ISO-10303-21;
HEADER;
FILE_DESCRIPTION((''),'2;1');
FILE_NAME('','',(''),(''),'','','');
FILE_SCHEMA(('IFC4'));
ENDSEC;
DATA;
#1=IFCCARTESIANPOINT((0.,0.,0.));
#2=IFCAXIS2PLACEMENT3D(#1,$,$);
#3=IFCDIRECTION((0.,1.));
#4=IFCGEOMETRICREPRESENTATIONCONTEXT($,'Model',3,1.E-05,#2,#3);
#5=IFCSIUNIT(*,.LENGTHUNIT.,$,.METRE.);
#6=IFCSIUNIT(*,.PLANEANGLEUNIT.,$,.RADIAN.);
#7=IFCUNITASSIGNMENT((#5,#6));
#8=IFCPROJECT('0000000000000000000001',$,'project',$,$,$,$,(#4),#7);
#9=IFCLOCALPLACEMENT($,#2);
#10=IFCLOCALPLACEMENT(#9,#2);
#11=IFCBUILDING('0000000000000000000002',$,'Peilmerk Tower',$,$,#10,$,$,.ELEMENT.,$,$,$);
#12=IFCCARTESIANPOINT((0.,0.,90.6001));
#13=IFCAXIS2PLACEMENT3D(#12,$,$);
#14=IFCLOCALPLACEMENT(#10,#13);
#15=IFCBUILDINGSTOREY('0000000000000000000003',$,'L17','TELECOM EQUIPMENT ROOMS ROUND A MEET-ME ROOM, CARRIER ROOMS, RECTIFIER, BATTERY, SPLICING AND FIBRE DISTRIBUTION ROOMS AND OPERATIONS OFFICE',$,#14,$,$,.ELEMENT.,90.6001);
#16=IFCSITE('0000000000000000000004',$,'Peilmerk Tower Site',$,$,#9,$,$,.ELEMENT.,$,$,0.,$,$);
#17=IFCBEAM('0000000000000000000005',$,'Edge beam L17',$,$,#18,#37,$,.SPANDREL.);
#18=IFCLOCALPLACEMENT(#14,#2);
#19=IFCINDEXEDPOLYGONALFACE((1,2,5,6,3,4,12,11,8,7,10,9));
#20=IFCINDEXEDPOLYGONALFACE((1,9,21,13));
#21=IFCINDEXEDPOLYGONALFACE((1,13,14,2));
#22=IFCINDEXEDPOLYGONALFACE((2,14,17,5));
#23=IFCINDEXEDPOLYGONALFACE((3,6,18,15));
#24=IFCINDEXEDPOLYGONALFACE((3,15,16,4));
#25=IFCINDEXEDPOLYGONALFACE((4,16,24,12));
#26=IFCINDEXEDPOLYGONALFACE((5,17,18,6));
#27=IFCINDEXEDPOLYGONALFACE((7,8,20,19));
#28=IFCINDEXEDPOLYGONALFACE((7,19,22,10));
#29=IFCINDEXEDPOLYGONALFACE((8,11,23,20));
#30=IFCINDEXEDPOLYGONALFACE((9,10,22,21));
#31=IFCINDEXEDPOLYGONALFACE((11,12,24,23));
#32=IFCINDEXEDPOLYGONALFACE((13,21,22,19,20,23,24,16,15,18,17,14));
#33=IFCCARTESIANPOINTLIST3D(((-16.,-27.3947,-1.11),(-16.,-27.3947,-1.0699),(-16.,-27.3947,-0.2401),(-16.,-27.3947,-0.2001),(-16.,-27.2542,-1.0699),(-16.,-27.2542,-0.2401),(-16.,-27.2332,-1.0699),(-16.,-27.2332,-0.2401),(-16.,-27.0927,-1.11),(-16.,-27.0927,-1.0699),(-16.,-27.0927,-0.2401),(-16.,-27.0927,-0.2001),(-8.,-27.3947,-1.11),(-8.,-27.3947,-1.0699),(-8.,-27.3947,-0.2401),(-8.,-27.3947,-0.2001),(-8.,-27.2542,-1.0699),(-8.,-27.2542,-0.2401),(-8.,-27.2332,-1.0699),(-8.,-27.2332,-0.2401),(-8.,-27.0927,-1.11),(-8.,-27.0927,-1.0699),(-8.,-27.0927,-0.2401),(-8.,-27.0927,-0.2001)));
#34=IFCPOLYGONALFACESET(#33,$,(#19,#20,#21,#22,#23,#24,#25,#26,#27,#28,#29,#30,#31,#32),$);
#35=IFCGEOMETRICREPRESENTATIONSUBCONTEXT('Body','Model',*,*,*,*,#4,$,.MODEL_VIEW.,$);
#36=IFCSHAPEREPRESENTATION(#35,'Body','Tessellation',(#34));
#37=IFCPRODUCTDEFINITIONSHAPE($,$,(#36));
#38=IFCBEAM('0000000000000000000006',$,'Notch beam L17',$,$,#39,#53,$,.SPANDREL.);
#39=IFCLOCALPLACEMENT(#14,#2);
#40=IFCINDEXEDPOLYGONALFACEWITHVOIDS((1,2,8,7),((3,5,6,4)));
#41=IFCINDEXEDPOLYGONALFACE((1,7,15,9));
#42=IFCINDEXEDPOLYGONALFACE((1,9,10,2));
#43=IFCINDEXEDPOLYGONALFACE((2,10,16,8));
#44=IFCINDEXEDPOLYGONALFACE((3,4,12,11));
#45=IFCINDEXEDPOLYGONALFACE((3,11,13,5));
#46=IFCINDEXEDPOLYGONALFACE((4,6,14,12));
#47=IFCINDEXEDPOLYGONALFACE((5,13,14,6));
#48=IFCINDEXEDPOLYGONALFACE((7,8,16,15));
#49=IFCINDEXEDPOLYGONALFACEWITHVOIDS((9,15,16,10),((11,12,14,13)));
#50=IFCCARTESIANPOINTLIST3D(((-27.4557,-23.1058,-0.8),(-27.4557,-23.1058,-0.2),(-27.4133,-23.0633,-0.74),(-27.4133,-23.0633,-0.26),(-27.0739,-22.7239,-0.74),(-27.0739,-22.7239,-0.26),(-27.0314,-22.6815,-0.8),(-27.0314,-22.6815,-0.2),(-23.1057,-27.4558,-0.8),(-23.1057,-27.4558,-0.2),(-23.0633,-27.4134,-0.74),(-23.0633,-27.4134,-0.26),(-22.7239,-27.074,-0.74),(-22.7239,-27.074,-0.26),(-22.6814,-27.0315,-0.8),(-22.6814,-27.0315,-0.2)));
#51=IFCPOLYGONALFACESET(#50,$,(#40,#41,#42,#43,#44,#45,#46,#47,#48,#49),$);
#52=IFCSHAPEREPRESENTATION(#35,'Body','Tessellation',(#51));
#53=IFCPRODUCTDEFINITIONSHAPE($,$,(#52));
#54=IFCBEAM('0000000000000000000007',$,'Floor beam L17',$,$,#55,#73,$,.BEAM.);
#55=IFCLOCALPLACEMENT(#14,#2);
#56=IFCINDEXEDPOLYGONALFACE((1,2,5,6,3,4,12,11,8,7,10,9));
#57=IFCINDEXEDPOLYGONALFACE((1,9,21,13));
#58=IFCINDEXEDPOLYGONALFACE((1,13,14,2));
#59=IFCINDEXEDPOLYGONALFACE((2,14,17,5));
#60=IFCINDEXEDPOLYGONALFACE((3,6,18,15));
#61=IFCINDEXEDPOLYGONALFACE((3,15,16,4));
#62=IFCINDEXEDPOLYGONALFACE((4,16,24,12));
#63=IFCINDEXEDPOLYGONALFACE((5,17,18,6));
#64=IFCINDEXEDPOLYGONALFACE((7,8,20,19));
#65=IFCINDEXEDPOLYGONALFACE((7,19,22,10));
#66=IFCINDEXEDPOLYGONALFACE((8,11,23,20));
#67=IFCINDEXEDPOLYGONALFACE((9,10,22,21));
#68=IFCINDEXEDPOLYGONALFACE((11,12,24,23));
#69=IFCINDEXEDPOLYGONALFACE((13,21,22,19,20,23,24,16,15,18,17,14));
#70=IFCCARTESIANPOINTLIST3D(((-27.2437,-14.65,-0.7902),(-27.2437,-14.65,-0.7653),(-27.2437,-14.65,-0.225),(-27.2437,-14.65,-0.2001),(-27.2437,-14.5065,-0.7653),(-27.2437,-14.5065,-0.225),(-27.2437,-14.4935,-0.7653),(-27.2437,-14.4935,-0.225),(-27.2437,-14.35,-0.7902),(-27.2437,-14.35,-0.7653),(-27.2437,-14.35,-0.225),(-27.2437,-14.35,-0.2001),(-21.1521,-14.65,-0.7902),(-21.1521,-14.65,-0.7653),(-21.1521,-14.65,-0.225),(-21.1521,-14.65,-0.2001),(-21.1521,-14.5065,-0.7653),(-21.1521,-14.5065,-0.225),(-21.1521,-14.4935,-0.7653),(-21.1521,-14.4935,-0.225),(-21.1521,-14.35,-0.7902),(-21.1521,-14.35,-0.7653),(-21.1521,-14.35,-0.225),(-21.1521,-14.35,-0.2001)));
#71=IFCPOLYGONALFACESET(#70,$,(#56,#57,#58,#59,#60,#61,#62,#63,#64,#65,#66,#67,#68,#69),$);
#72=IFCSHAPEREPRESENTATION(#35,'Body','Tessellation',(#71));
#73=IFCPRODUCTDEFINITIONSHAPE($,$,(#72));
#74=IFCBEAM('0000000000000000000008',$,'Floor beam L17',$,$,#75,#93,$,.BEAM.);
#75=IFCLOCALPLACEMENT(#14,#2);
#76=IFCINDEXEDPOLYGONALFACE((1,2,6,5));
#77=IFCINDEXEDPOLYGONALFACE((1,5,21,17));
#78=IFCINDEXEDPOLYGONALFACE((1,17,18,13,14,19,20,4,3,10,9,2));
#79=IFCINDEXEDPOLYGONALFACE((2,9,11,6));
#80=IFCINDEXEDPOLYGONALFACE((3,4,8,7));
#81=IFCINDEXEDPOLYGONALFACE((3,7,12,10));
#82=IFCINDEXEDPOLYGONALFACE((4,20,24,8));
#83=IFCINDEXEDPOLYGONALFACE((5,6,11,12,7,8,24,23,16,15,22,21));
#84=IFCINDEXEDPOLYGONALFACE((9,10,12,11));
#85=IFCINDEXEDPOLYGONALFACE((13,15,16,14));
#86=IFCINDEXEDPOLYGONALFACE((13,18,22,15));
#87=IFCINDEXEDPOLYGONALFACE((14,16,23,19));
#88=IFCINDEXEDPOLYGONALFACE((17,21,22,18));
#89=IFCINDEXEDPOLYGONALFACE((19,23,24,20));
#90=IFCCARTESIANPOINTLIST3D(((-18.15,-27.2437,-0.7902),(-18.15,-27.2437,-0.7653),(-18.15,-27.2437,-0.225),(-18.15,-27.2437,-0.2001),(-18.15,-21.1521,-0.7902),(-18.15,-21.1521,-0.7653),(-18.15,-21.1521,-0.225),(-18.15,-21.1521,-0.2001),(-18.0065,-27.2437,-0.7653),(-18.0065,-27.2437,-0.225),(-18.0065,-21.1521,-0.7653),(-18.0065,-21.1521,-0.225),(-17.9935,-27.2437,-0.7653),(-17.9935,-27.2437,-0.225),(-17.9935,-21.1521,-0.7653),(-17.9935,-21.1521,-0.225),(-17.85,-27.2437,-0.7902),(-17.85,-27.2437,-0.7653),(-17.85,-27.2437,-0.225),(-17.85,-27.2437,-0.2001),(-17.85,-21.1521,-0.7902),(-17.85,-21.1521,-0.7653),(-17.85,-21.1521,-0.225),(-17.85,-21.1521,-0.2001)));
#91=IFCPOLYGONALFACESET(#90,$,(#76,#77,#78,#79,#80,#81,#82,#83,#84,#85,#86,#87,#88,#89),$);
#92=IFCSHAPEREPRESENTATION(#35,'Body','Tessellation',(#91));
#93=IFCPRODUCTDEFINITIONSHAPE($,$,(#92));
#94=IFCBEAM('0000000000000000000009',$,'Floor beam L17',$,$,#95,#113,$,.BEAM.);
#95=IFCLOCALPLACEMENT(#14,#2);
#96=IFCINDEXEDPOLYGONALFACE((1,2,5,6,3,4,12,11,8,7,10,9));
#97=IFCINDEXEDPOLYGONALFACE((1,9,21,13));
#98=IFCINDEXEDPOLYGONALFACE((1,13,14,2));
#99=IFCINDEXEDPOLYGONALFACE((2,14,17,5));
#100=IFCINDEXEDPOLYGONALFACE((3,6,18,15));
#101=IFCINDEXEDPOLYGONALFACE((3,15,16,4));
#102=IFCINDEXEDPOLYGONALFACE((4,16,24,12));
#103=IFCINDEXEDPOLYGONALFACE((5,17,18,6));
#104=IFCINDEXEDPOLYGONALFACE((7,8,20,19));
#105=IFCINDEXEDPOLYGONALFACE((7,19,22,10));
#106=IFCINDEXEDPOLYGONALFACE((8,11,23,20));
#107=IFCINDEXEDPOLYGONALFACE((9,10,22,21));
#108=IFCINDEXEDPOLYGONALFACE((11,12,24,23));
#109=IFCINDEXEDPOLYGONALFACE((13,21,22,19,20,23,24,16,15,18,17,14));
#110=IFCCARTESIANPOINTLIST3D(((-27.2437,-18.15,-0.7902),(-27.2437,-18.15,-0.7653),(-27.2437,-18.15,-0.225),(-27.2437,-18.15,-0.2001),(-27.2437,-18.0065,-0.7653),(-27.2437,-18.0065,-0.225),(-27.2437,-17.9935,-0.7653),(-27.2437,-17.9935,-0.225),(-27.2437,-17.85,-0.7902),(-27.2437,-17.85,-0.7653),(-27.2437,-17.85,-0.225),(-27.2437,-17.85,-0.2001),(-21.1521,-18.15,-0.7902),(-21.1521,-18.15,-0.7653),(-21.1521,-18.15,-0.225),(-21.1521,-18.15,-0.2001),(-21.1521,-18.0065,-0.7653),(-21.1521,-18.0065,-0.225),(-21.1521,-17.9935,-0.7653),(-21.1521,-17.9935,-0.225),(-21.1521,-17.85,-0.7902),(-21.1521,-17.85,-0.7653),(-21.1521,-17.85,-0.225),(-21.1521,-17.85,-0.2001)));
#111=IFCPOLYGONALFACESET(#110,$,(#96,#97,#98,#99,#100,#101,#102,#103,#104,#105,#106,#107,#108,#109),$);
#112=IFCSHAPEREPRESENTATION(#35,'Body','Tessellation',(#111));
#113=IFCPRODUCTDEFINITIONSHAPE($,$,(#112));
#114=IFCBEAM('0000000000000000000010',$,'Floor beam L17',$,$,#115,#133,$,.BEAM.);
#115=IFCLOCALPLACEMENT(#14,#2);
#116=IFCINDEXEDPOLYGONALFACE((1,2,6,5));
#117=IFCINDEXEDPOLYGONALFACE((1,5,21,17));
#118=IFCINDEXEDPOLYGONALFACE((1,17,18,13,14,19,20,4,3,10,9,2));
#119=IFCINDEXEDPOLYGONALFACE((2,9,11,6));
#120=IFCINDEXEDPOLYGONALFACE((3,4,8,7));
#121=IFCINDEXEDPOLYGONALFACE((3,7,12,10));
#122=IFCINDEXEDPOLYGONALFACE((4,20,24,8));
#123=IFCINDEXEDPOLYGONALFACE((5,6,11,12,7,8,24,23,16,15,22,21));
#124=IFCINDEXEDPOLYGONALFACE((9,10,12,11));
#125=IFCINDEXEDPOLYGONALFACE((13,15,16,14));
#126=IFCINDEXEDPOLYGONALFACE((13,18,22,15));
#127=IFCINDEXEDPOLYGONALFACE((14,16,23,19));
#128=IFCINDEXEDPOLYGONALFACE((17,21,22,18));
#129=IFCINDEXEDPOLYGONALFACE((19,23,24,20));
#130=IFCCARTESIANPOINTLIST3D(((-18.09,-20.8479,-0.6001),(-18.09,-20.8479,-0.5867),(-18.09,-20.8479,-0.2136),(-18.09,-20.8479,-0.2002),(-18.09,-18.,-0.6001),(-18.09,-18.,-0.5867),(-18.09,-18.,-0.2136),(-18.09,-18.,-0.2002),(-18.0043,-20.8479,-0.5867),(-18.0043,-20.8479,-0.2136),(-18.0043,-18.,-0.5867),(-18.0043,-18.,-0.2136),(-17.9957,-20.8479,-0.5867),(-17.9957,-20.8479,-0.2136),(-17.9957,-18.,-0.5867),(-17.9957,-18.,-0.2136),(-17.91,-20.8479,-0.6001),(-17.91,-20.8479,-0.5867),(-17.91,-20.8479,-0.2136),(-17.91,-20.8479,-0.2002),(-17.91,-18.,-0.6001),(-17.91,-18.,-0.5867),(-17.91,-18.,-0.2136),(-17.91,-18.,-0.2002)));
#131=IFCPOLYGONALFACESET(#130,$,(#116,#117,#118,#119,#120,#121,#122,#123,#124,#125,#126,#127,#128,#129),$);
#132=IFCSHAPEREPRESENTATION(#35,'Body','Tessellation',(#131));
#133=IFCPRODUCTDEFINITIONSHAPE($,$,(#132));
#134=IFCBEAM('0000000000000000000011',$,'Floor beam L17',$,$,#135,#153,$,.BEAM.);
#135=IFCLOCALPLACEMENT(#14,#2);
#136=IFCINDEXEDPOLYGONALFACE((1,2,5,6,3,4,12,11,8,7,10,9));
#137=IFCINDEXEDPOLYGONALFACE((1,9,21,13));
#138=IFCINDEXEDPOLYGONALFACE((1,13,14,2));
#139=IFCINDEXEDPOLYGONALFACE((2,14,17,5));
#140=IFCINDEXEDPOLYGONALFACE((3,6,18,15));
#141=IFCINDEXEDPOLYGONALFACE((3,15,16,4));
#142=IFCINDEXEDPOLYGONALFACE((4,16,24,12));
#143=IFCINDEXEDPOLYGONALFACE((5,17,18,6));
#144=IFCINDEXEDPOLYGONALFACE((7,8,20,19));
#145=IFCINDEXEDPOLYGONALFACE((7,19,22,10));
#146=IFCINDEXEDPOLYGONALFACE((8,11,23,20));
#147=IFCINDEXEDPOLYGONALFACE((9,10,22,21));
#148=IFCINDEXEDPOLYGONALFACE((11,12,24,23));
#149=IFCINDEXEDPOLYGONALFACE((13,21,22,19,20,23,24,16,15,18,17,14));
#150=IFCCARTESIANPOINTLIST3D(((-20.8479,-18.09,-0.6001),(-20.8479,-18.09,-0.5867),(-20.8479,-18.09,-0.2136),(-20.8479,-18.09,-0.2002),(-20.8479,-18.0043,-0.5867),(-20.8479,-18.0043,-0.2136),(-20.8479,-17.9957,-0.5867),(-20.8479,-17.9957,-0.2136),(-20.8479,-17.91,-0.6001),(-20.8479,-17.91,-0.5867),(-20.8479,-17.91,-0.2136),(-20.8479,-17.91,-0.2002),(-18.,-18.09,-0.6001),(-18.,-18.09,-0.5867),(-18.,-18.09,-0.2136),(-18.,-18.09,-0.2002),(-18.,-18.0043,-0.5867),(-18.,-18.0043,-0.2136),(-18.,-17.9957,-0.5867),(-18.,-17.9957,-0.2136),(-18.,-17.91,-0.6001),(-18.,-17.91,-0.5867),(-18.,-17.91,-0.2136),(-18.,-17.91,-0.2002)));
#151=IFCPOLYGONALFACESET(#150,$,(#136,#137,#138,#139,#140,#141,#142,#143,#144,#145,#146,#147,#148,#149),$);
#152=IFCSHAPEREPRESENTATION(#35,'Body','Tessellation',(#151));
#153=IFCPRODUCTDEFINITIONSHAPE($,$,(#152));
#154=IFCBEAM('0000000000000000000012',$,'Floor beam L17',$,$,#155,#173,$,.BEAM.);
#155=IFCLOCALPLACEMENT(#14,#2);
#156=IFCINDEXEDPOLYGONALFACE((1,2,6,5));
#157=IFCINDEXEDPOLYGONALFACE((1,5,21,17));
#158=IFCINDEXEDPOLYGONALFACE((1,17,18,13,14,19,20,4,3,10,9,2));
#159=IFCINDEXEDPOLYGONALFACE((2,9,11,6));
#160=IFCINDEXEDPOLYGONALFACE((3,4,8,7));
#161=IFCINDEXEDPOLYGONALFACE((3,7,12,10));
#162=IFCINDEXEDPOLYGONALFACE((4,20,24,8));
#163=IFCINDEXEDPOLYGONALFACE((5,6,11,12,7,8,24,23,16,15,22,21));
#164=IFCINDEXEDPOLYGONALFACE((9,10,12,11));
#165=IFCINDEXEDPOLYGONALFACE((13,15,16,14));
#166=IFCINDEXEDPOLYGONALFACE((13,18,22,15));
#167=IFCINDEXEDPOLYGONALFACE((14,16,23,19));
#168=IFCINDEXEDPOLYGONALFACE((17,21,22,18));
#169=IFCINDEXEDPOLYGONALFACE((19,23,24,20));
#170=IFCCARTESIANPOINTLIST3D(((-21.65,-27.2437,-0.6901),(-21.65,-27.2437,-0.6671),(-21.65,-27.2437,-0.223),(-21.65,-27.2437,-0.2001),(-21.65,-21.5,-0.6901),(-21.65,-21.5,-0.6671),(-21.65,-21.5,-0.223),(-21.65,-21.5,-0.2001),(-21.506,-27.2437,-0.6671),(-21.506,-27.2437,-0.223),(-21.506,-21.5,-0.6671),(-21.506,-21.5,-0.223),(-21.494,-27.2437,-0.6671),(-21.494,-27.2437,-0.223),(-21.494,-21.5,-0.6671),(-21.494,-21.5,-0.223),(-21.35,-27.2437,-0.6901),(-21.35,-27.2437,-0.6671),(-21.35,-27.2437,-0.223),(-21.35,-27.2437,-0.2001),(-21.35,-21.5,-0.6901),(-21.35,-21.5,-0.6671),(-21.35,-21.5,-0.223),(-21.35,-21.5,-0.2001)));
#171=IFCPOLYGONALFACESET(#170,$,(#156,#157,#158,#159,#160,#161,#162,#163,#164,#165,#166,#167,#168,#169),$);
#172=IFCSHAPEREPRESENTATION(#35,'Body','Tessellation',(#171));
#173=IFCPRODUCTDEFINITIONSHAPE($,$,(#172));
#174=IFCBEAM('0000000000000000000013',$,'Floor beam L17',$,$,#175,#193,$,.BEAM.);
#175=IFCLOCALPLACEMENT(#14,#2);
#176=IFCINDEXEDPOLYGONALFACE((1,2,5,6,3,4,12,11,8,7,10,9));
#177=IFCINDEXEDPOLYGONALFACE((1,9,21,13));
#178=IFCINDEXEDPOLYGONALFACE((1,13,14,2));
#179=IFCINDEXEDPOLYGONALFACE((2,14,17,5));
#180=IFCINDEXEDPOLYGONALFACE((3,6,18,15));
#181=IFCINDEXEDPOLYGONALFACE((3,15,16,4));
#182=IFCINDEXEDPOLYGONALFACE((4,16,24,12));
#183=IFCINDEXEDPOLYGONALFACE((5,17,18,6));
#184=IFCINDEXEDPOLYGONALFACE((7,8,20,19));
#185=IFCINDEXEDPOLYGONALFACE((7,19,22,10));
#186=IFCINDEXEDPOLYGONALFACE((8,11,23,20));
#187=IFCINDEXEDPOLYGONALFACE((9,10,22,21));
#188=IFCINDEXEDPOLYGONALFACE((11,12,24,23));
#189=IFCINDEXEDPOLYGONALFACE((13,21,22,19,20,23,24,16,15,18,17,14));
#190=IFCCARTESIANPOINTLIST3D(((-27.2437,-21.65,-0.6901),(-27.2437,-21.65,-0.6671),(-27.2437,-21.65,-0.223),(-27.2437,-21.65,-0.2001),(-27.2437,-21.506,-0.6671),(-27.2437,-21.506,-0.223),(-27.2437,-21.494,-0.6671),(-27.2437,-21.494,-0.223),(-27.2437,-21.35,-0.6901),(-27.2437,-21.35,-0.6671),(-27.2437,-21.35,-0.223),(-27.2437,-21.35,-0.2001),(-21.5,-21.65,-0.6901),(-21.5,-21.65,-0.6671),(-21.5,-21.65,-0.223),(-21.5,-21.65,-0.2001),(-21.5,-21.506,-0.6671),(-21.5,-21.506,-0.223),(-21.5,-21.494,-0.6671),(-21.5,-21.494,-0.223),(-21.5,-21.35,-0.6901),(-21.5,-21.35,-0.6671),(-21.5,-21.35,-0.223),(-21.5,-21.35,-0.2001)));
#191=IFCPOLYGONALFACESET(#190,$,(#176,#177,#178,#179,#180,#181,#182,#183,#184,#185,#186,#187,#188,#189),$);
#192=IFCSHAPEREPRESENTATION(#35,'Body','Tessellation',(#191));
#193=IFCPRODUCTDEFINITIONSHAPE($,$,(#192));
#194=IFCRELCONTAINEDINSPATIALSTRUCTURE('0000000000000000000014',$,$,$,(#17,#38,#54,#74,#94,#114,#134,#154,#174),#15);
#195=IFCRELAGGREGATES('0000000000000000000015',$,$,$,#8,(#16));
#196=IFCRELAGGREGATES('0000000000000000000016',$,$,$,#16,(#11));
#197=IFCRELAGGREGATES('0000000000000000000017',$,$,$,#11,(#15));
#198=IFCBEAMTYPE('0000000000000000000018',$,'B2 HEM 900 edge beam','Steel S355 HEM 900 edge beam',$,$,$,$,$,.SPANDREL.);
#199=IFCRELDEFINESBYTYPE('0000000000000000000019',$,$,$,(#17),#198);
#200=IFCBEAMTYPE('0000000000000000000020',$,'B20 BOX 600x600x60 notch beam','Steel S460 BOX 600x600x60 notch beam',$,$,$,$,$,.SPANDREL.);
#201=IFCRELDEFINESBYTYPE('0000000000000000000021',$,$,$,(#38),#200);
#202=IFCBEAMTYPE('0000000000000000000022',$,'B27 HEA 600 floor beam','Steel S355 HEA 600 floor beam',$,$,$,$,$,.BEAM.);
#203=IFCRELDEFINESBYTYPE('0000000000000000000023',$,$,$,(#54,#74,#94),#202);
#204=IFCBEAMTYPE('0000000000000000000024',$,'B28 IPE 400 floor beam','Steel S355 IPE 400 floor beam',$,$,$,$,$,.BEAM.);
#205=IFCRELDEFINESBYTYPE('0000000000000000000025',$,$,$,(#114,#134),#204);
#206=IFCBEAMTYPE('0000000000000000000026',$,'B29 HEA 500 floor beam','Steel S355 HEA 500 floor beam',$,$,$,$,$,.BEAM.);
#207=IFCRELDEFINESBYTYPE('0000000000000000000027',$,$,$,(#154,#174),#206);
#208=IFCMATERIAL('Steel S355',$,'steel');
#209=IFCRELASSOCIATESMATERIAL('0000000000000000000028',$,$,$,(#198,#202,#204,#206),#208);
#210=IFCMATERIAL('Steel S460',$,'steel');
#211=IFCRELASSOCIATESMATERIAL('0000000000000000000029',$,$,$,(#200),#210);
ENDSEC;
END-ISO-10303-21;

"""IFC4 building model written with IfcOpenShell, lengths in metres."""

from ifc_helpers import new_model, si_unit, direction, frame, origin, origin_2d, place, context, subcontext, project, spatial, hollow_rectangle, i_section, extrude, material, material_profile, profile_set, type_object, element, save


model = new_model("IFC4")

# Units and contexts
model_context = context("Model", 3, precision=1e-05, world=origin(), true_north=direction((0.0, 1.0)))
body_context = subcontext(model_context, "Body", "Model", "MODEL_VIEW")
ifc_project = project(units=[si_unit("LENGTHUNIT", "METRE"), si_unit("PLANEANGLEUNIT", "RADIAN")], contexts=[model_context])

# Site, building, storey
site_placement = place(None, origin())
site = spatial("IfcSite", under=ifc_project, at=site_placement, Name="Peilmerk Tower Site", CompositionType="ELEMENT", RefElevation=0.0)
building_placement = place(site_placement, origin())
building = spatial("IfcBuilding", under=site, at=building_placement, Name="Peilmerk Tower", CompositionType="ELEMENT")
storey_placement = place(building_placement, frame((0.0, 0.0, 90.6001)))
storey = spatial("IfcBuildingStorey", under=building, at=storey_placement, Name="L17", Description="TELECOM EQUIPMENT ROOMS ROUND A MEET-ME ROOM, CARRIER ROOMS, RECTIFIER, BATTERY, SPLICING AND FIBRE DISTRIBUTION ROOMS AND OPERATIONS OFFICE", CompositionType="ELEMENT", Elevation=90.6001)

# Shared definitions
ifc_material_1 = material(Name="Steel S460", Category="steel")

# Beams
ifc_material_2 = material(Name="Steel S355", Category="steel")
ifc_material_profile_1 = material_profile(ifc_material_2, i_section(OverallWidth=0.302, OverallDepth=0.9099, WebThickness=0.021, FlangeThickness=0.04, at=origin_2d()), Name="HEM 900")
ifc_profile_set_1 = profile_set([ifc_material_profile_1], Name="Steel S355")
beam_type_1 = type_object("IfcBeamType", Name="B2 HEM 900 edge beam", Description="Steel S355 HEM 900 edge beam", PredefinedType="SPANDREL", material=ifc_profile_set_1)
beam_1_placement = place(storey_placement, frame((-16.0, -27.2437, -0.655), z_axis=(1.0, 0.0, 0.0), x_axis=(0.0, 1.0, 0.0)))
element("IfcBeam", 1, at=beam_1_placement, inside=storey, type_object=beam_type_1, Name="Edge beam L17", PredefinedType="SPANDREL", context=body_context, shape_type="SweptSolid", body=[
    extrude(i_section(OverallWidth=0.302, OverallDepth=0.9099, WebThickness=0.021, FlangeThickness=0.04, at=origin_2d()), origin(), (0.0, 0.0, 1.0), 8.0),
])
ifc_material_profile_2 = material_profile(ifc_material_1, hollow_rectangle(XDim=0.6001, YDim=0.6001, WallThickness=0.0601, at=origin_2d()), Name="BOX 600x600x60")
ifc_profile_set_2 = profile_set([ifc_material_profile_2], Name="Steel S460")
beam_type_2 = type_object("IfcBeamType", Name="B20 BOX 600x600x60 notch beam", Description="Steel S460 BOX 600x600x60 notch beam", PredefinedType="SPANDREL", material=ifc_profile_set_2)
beam_2_placement = place(storey_placement, frame((-22.8936, -27.2437, -0.5), z_axis=(-0.707107, 0.707107, 0.0), x_axis=(-0.707107, -0.707107, 0.0)))
element("IfcBeam", 2, at=beam_2_placement, inside=storey, type_object=beam_type_2, Name="Notch beam L17", PredefinedType="SPANDREL", context=body_context, shape_type="SweptSolid", body=[
    extrude(hollow_rectangle(XDim=0.6001, YDim=0.6001, WallThickness=0.0601, at=origin_2d()), origin(), (0.0, 0.0, 1.0), 6.1519),
])
ifc_material_profile_3 = material_profile(ifc_material_2, i_section(OverallWidth=0.3, OverallDepth=0.5901, WebThickness=0.0129, FlangeThickness=0.0249, at=origin_2d()), Name="HEA 600")
ifc_profile_set_3 = profile_set([ifc_material_profile_3], Name="Steel S355")
beam_type_3 = type_object("IfcBeamType", Name="B27 HEA 600 floor beam", Description="Steel S355 HEA 600 floor beam", PredefinedType="BEAM", material=ifc_profile_set_3)
for number, where, z_axis, x_axis, name in (
    (3, (-21.1521, -14.5, -0.4951), (-1.0, 0.0, 0.0), (0.0, -1.0, 0.0), "Floor beam L17"),
    (4, (-18.0, -21.1521, -0.4951), (0.0, -1.0, 0.0), (1.0, 0.0, 0.0), "Floor beam L17"),
    (5, (-21.1521, -18.0, -0.4951), (-1.0, 0.0, 0.0), (0.0, -1.0, 0.0), "Floor beam L17"),
):
    element("IfcBeam", number, at=place(storey_placement, frame(where, z_axis=z_axis, x_axis=x_axis)), inside=storey, type_object=beam_type_3, Name=name, PredefinedType="BEAM", context=body_context, shape_type="SweptSolid", body=[
        extrude(i_section(OverallWidth=0.3, OverallDepth=0.5901, WebThickness=0.0129, FlangeThickness=0.0249, at=origin_2d()), origin(), (0.0, 0.0, 1.0), 6.0916),
    ])
ifc_material_profile_4 = material_profile(ifc_material_2, i_section(OverallWidth=0.1799, OverallDepth=0.3999, WebThickness=0.0085, FlangeThickness=0.0134, at=origin_2d()), Name="IPE 400")
ifc_profile_set_4 = profile_set([ifc_material_profile_4], Name="Steel S355")
beam_type_4 = type_object("IfcBeamType", Name="B28 IPE 400 floor beam", Description="Steel S355 IPE 400 floor beam", PredefinedType="BEAM", material=ifc_profile_set_4)
for number, where, z_axis, x_axis, name in (
    (6, (-18.0, -18.0, -0.4001), (0.0, -1.0, 0.0), (1.0, 0.0, 0.0), "Floor beam L17"),
    (7, (-18.0, -18.0, -0.4001), (-1.0, 0.0, 0.0), (0.0, -1.0, 0.0), "Floor beam L17"),
):
    element("IfcBeam", number, at=place(storey_placement, frame(where, z_axis=z_axis, x_axis=x_axis)), inside=storey, type_object=beam_type_4, Name=name, PredefinedType="BEAM", context=body_context, shape_type="SweptSolid", body=[
        extrude(i_section(OverallWidth=0.1799, OverallDepth=0.3999, WebThickness=0.0085, FlangeThickness=0.0134, at=origin_2d()), origin(), (0.0, 0.0, 1.0), 2.8479),
    ])
ifc_material_profile_5 = material_profile(ifc_material_2, i_section(OverallWidth=0.3, OverallDepth=0.49, WebThickness=0.012, FlangeThickness=0.0229, at=origin_2d()), Name="HEA 500")
ifc_profile_set_5 = profile_set([ifc_material_profile_5], Name="Steel S355")
beam_type_5 = type_object("IfcBeamType", Name="B29 HEA 500 floor beam", Description="Steel S355 HEA 500 floor beam", PredefinedType="BEAM", material=ifc_profile_set_5)
for number, where, z_axis, x_axis, name in (
    (8, (-21.5, -21.5, -0.4451), (0.0, -1.0, 0.0), (1.0, 0.0, 0.0), "Floor beam L17"),
    (9, (-21.5, -21.5, -0.4451), (-1.0, 0.0, 0.0), (0.0, -1.0, 0.0), "Floor beam L17"),
):
    element("IfcBeam", number, at=place(storey_placement, frame(where, z_axis=z_axis, x_axis=x_axis)), inside=storey, type_object=beam_type_5, Name=name, PredefinedType="BEAM", context=body_context, shape_type="SweptSolid", body=[
        extrude(i_section(OverallWidth=0.3, OverallDepth=0.49, WebThickness=0.012, FlangeThickness=0.0229, at=origin_2d()), origin(), (0.0, 0.0, 1.0), 5.7437),
    ])

save(model, "model.ifc")
